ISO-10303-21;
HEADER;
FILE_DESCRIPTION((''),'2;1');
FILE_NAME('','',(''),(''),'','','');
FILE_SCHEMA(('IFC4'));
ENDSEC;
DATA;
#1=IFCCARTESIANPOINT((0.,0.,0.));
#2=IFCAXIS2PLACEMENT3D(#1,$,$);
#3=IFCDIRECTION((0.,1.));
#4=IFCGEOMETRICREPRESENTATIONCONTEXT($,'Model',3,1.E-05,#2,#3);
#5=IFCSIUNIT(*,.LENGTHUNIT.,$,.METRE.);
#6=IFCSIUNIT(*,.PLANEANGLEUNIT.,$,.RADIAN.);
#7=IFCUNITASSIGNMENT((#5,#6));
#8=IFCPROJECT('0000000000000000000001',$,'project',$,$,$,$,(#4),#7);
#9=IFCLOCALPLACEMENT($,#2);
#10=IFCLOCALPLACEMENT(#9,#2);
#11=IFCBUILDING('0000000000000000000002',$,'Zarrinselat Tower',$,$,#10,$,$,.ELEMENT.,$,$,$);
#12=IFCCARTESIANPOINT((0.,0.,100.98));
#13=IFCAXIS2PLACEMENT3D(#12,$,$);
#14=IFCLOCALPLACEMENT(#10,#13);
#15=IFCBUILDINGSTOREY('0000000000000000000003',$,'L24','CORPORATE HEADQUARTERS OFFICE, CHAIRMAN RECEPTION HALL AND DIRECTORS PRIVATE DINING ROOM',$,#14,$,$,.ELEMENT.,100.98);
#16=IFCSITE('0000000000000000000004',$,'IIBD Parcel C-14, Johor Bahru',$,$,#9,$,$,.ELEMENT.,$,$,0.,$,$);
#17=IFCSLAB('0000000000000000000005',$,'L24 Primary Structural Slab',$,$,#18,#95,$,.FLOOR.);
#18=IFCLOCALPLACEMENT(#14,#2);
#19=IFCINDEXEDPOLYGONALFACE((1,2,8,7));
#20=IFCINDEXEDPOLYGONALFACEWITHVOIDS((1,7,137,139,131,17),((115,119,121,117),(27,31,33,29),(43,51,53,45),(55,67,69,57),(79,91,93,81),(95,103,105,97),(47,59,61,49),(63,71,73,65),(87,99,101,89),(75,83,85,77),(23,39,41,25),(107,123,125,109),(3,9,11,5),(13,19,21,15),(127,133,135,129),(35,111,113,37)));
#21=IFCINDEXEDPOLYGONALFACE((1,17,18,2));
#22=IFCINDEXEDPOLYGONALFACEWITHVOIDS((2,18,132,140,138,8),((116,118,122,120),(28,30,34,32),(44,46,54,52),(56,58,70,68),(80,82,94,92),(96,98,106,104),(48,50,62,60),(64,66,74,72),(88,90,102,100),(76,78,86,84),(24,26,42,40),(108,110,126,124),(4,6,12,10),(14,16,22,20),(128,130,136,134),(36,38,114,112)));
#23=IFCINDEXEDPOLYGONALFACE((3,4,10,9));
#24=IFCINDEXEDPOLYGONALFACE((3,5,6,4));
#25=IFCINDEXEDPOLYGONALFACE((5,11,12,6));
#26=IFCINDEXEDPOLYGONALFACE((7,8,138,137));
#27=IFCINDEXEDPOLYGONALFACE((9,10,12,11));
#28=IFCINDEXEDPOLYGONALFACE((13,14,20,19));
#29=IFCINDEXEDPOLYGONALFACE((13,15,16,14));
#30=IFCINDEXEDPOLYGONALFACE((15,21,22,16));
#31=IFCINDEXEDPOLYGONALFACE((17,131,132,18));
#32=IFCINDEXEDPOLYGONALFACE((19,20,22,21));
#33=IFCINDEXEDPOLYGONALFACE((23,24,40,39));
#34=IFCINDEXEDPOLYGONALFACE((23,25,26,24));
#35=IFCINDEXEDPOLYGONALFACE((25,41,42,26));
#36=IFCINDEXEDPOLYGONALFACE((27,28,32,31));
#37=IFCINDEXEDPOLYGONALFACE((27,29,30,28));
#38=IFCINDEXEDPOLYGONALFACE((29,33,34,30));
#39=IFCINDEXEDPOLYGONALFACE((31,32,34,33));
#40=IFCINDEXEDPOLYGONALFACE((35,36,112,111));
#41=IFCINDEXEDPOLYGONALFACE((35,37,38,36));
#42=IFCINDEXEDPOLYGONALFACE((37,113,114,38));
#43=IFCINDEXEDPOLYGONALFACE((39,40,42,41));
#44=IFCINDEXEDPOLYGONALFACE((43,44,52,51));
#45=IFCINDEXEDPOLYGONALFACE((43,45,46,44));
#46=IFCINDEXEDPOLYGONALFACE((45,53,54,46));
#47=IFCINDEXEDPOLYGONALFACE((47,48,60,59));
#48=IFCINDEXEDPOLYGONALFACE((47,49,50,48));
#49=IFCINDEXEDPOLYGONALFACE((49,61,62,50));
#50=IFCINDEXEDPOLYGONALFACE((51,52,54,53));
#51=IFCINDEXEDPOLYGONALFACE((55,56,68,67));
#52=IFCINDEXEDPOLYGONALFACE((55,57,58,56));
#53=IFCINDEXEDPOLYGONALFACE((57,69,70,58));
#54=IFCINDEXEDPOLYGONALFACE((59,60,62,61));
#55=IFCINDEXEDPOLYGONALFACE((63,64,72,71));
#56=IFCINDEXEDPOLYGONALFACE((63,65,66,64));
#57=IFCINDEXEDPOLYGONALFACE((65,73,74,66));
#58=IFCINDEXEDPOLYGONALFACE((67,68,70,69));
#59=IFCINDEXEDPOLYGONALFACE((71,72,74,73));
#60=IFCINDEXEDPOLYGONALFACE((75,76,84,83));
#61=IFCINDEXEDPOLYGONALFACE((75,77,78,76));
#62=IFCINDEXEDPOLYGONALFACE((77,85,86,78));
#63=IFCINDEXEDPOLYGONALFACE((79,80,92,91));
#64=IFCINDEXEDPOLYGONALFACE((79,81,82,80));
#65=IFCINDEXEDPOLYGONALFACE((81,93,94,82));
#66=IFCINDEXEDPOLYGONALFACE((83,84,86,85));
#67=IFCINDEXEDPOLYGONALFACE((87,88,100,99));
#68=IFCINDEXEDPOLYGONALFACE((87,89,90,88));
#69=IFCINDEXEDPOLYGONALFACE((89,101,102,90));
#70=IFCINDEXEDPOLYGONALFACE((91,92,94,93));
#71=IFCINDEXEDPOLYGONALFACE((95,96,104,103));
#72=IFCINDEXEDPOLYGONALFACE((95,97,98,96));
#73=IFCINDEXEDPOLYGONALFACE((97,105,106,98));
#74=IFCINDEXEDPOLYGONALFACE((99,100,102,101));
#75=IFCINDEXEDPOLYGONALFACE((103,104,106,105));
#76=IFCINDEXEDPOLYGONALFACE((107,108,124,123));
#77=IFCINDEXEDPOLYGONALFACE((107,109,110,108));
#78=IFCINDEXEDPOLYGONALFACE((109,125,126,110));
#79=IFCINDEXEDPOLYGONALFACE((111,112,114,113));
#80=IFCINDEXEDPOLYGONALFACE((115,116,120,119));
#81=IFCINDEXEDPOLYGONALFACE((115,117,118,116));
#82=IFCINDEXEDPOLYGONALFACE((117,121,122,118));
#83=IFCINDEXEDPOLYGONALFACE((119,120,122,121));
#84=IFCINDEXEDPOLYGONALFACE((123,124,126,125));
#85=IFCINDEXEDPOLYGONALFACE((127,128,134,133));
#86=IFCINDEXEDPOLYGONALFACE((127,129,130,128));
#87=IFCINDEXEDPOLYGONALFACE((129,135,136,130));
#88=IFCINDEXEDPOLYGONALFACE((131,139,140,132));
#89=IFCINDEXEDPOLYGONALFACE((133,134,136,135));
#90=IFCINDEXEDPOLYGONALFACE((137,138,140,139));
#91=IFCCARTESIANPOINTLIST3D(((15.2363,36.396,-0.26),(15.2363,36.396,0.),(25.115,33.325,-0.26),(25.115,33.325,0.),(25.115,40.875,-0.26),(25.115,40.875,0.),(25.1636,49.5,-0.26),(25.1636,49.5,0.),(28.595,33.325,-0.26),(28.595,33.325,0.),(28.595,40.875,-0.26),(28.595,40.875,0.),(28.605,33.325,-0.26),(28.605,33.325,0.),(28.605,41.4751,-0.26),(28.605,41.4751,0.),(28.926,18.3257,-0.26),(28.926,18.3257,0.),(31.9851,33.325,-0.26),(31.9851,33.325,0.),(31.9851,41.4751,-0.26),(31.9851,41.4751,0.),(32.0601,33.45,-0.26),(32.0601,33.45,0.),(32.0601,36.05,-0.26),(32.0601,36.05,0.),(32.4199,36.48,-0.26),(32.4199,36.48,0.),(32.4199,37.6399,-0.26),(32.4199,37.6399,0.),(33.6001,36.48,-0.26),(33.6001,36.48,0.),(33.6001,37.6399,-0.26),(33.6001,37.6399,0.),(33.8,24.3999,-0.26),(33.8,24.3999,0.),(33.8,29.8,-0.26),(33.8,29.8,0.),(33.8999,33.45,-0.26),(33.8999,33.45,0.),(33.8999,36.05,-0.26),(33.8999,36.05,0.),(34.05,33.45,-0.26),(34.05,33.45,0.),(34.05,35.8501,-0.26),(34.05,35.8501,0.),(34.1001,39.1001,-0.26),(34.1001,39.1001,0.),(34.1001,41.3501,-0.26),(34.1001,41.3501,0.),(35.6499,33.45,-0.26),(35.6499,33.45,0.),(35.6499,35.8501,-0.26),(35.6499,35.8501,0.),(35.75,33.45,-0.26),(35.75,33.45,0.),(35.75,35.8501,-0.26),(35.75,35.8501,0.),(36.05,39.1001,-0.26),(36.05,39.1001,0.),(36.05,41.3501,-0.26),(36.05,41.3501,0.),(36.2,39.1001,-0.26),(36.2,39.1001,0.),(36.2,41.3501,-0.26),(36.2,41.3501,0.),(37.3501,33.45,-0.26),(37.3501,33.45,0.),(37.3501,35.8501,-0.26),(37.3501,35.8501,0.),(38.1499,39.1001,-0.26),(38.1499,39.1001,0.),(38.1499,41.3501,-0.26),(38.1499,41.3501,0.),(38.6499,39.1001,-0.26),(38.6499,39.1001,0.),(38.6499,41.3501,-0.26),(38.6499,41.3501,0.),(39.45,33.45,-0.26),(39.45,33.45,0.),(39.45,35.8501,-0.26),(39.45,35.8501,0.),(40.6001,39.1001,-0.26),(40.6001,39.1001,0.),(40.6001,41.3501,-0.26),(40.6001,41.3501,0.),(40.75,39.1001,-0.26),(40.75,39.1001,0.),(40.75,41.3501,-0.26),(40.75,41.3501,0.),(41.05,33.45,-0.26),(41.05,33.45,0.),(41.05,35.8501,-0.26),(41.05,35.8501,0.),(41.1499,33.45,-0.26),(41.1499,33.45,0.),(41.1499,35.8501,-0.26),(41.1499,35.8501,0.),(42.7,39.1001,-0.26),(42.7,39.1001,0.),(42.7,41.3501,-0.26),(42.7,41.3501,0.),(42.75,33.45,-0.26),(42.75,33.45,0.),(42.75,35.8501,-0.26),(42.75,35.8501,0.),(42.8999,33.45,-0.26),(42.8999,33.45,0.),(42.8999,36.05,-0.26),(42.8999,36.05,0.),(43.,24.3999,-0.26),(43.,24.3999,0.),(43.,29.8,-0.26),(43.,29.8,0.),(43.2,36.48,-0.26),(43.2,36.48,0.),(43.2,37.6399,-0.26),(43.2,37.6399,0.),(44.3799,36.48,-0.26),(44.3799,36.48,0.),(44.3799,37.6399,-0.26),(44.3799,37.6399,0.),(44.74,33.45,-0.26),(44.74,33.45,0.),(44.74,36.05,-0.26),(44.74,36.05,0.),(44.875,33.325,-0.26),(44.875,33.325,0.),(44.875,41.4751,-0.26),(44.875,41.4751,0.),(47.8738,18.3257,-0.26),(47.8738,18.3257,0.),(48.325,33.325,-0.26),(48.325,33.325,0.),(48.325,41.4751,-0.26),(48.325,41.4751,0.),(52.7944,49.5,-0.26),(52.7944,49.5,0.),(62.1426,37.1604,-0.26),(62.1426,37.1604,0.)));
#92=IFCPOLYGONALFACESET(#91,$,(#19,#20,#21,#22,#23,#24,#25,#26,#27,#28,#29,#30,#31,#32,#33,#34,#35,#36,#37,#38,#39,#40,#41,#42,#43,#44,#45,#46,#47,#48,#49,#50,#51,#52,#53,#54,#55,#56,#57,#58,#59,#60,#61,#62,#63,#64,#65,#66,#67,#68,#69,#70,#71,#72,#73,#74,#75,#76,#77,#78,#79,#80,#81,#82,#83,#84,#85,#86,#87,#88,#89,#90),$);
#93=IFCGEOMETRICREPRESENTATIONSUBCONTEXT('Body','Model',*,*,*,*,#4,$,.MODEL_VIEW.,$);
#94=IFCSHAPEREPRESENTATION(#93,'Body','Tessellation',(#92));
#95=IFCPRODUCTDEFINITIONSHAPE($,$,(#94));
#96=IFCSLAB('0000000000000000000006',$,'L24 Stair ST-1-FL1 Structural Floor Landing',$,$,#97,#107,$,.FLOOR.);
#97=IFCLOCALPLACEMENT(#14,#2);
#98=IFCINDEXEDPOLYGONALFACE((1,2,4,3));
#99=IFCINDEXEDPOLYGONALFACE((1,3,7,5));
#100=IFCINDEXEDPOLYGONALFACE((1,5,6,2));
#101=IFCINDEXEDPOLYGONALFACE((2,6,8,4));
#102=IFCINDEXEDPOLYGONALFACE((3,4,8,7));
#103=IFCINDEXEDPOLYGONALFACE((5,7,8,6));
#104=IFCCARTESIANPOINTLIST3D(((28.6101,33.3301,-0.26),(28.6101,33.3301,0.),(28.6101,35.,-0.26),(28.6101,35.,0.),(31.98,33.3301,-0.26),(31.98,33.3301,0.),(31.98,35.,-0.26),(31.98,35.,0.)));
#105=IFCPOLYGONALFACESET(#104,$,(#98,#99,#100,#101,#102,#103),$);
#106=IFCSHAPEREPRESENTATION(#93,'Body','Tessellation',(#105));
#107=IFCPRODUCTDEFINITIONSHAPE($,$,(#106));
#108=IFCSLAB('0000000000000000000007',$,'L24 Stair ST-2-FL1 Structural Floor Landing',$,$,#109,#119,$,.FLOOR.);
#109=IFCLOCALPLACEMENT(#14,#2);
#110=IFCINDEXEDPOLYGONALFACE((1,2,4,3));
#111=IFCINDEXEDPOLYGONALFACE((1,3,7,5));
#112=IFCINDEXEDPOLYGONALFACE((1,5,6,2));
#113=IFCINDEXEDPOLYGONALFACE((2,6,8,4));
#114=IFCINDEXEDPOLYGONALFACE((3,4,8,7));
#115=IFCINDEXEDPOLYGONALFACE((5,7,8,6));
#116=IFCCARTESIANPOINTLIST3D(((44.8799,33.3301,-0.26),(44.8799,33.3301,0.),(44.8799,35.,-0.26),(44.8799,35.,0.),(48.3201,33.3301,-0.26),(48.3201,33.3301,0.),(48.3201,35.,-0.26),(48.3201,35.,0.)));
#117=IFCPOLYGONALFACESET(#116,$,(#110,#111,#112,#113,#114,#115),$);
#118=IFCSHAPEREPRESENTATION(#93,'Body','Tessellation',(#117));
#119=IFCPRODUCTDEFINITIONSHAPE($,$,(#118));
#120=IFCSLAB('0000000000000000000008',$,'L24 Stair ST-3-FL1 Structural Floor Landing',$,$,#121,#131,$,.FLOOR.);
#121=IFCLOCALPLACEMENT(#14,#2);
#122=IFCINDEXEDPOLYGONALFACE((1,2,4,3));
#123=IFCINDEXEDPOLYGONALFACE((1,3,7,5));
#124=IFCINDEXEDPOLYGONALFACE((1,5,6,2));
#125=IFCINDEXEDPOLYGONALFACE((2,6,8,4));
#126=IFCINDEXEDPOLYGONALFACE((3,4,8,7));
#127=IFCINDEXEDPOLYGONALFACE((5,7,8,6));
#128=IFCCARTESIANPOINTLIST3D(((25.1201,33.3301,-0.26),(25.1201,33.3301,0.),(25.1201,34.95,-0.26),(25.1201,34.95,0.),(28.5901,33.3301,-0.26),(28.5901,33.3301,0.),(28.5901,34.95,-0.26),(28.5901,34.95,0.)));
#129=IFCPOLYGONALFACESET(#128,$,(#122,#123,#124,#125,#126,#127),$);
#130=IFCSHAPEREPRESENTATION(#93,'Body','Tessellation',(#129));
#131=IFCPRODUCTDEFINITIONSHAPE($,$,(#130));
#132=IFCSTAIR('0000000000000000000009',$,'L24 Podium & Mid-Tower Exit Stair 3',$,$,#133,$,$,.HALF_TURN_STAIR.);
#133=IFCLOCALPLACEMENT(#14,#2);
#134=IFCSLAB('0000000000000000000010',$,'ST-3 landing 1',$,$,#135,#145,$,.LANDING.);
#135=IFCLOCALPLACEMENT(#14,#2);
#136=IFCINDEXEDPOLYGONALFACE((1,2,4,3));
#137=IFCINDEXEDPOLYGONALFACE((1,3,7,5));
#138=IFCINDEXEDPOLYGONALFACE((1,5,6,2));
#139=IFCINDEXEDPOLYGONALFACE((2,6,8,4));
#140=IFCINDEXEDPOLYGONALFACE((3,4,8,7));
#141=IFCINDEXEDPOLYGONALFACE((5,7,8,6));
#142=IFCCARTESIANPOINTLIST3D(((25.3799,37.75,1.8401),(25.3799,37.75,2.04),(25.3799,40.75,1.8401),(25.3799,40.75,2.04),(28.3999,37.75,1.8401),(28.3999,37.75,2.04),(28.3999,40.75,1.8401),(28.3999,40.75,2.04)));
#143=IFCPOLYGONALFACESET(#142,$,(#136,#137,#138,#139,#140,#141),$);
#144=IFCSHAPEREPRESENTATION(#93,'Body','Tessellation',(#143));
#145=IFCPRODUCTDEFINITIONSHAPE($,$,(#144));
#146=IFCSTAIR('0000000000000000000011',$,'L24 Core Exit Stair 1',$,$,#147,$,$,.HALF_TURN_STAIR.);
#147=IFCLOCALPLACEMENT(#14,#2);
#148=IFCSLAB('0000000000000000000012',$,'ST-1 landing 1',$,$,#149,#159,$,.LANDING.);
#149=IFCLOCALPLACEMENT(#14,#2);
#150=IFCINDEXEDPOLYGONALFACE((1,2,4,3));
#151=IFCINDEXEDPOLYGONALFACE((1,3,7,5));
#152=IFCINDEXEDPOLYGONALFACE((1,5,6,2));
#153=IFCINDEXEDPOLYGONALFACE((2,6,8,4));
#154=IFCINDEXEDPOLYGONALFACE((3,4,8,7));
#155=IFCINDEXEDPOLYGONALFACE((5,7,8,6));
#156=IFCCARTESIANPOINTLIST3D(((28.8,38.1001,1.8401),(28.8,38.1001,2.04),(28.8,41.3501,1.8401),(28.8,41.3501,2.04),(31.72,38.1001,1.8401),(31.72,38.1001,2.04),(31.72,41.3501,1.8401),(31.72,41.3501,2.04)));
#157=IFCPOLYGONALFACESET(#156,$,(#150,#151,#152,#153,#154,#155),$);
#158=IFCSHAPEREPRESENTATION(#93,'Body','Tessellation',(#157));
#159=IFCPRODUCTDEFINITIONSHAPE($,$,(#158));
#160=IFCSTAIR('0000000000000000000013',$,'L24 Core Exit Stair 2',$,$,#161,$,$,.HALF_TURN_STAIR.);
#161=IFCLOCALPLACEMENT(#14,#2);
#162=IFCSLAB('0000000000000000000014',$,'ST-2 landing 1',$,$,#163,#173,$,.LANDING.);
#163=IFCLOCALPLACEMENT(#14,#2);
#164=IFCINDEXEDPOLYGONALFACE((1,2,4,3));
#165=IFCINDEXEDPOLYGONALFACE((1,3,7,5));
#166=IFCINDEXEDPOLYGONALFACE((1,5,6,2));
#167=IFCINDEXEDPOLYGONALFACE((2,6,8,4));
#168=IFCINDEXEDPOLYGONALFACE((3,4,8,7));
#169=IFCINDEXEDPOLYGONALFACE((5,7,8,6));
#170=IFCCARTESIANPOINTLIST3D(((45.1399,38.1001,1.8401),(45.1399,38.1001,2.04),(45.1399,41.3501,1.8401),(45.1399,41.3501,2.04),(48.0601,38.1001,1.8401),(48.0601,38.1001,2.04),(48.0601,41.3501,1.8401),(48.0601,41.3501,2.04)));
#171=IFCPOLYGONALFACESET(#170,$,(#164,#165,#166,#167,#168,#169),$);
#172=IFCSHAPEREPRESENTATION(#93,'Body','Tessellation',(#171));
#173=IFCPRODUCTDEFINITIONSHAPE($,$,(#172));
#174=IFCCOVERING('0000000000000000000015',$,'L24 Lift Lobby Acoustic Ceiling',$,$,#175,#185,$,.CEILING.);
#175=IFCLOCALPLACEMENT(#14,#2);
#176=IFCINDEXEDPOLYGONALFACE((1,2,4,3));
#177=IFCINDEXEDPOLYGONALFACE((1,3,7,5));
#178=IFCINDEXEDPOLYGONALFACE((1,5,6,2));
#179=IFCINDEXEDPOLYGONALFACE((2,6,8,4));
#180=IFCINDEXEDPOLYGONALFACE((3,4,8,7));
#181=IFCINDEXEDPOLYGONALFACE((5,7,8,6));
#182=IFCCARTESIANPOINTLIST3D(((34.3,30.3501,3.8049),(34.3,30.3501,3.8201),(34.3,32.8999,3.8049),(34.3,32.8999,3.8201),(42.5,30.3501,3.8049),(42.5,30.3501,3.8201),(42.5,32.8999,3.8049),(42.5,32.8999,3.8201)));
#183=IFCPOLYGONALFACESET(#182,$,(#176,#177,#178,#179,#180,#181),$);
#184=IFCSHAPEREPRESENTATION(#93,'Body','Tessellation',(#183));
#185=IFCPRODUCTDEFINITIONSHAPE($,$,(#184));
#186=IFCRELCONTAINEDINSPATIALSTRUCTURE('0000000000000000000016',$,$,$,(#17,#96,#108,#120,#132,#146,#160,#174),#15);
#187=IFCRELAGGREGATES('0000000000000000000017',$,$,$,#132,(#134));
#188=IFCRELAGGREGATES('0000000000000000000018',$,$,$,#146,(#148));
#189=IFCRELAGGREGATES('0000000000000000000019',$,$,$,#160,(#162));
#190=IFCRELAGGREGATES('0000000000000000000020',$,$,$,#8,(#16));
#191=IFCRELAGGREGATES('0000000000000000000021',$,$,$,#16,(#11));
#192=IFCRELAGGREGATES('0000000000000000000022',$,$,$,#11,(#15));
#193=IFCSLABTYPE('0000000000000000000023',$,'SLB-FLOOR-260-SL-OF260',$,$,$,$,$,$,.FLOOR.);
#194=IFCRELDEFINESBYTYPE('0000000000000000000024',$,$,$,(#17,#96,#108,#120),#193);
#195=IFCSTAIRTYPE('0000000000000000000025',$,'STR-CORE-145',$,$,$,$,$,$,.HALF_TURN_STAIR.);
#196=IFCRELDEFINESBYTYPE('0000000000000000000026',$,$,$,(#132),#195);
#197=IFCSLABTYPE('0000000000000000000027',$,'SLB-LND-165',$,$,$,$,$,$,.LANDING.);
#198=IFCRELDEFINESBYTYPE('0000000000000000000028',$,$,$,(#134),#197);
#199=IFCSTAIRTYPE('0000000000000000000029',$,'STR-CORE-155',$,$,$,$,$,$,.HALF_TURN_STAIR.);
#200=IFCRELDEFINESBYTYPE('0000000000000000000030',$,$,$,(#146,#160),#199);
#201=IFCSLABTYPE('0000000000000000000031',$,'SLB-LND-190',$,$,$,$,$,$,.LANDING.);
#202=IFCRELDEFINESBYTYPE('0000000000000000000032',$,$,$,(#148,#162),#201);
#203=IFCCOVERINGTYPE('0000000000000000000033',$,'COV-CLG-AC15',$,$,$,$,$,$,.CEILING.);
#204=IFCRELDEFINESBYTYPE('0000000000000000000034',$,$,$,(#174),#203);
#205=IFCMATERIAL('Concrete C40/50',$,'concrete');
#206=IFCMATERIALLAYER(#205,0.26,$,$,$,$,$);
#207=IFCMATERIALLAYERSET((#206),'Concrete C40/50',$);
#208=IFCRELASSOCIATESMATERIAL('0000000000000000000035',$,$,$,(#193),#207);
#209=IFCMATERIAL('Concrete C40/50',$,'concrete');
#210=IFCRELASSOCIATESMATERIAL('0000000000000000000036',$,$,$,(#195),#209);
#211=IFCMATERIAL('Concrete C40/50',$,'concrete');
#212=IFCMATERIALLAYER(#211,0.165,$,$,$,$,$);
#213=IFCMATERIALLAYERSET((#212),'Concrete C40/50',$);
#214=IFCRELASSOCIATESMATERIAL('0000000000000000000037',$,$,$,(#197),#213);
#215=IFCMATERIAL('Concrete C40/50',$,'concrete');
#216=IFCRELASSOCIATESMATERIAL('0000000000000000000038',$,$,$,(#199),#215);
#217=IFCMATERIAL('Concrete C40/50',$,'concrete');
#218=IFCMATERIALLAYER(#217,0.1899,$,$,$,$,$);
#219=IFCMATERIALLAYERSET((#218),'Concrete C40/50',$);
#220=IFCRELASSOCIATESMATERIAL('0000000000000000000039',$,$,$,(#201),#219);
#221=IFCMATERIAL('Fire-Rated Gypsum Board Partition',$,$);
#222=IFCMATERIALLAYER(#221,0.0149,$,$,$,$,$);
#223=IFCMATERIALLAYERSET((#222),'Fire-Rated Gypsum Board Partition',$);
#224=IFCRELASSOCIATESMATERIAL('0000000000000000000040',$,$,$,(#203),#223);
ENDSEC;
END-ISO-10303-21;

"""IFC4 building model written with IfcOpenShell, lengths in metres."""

from ifc_helpers import new_model, si_unit, direction, frame, origin, place, context, subcontext, project, spatial, polyline, outline, extrude, material, layer, layer_set, type_object, element, aggregate, save


model = new_model("IFC4")

# Units and contexts
model_context = context("Model", 3, precision=1e-05, world=origin(), true_north=direction((0.0, 1.0)))
body_context = subcontext(model_context, "Body", "Model", "MODEL_VIEW")
ifc_project = project(units=[si_unit("LENGTHUNIT", "METRE"), si_unit("PLANEANGLEUNIT", "RADIAN")], contexts=[model_context])

# Site, building, storey
site_placement = place(None, origin())
site = spatial("IfcSite", under=ifc_project, at=site_placement, Name="IIBD Parcel C-14, Johor Bahru", CompositionType="ELEMENT", RefElevation=0.0)
building_placement = place(site_placement, origin())
building = spatial("IfcBuilding", under=site, at=building_placement, Name="Zarrinselat Tower", CompositionType="ELEMENT")
storey_placement = place(building_placement, frame((0.0, 0.0, 100.98)))
storey = spatial("IfcBuildingStorey", under=building, at=storey_placement, Name="L24", Description="CORPORATE HEADQUARTERS OFFICE, CHAIRMAN RECEPTION HALL AND DIRECTORS PRIVATE DINING ROOM", CompositionType="ELEMENT", Elevation=100.98)

# Slabs
ifc_material_1 = material(Name="Concrete C40/50", Category="concrete")
ifc_layer_1 = layer(ifc_material_1, 0.26)
ifc_layer_set_1 = layer_set([ifc_layer_1], Name="Concrete C40/50")
slab_type_1 = type_object("IfcSlabType", Name="SLB-FLOOR-260-SL-OF260", PredefinedType="FLOOR", material=ifc_layer_set_1)
slab_1_placement = place(storey_placement, frame((0.0, 0.0, -0.26)))
element("IfcSlab", 1, at=slab_1_placement, inside=storey, type_object=slab_type_1, Name="L24 Primary Structural Slab", PredefinedType="FLOOR", context=body_context, shape_type="SweptSolid", body=[
    extrude(outline(polyline([(52.7944, 49.5), (25.1636, 49.5), (15.2363, 36.396), (28.926, 18.3257), (47.8738, 18.3257), (62.1426, 37.1604), (52.7944, 49.5)]), holes=[polyline([(34.05, 33.45), (34.05, 35.8501), (35.6499, 35.8501), (35.6499, 33.45), (34.05, 33.45)]), polyline([(35.75, 33.45), (35.75, 35.8501), (37.3501, 35.8501), (37.3501, 33.45), (35.75, 33.45)]), polyline([(32.0601, 33.45), (32.0601, 36.05), (33.8999, 36.05), (33.8999, 33.45), (32.0601, 33.45)]), polyline([(32.4199, 36.48), (32.4199, 37.6399), (33.6001, 37.6399), (33.6001, 36.48), (32.4199, 36.48)]), polyline([(28.595, 33.325), (25.115, 33.325), (25.115, 40.875), (28.595, 40.875), (28.595, 33.325)]), polyline([(31.9851, 33.325), (28.605, 33.325), (28.605, 41.4751), (31.9851, 41.4751), (31.9851, 33.325)]), polyline([(34.1001, 39.1001), (34.1001, 41.3501), (36.05, 41.3501), (36.05, 39.1001), (34.1001, 39.1001)]), polyline([(36.2, 39.1001), (36.2, 41.3501), (38.1499, 41.3501), (38.1499, 39.1001), (36.2, 39.1001)]), polyline([(33.8, 24.3999), (33.8, 29.8), (43.0, 29.8), (43.0, 24.3999), (33.8, 24.3999)]), polyline([(39.45, 33.45), (39.45, 35.8501), (41.05, 35.8501), (41.05, 33.45), (39.45, 33.45)]), polyline([(41.1499, 33.45), (41.1499, 35.8501), (42.75, 35.8501), (42.75, 33.45), (41.1499, 33.45)]), polyline([(42.8999, 33.45), (42.8999, 36.05), (44.74, 36.05), (44.74, 33.45), (42.8999, 33.45)]), polyline([(43.2, 36.48), (43.2, 37.6399), (44.3799, 37.6399), (44.3799, 36.48), (43.2, 36.48)]), polyline([(48.325, 33.325), (44.875, 33.325), (44.875, 41.4751), (48.325, 41.4751), (48.325, 33.325)]), polyline([(38.6499, 39.1001), (38.6499, 41.3501), (40.6001, 41.3501), (40.6001, 39.1001), (38.6499, 39.1001)]), polyline([(40.75, 39.1001), (40.75, 41.3501), (42.7, 41.3501), (42.7, 39.1001), (40.75, 39.1001)])]), origin(), (0.0, 0.0, 1.0), 0.26),
])
slab_2_placement = place(storey_placement, frame((0.0, 0.0, -0.26)))
element("IfcSlab", 2, at=slab_2_placement, inside=storey, type_object=slab_type_1, Name="L24 Stair ST-1-FL1 Structural Floor Landing", PredefinedType="FLOOR", context=body_context, shape_type="SweptSolid", body=[
    extrude(outline(polyline([(31.98, 33.3301), (31.98, 35.0), (28.6101, 35.0), (28.6101, 33.3301), (31.98, 33.3301)])), origin(), (0.0, 0.0, 1.0), 0.26),
])
slab_3_placement = place(storey_placement, frame((0.0, 0.0, -0.26)))
element("IfcSlab", 3, at=slab_3_placement, inside=storey, type_object=slab_type_1, Name="L24 Stair ST-2-FL1 Structural Floor Landing", PredefinedType="FLOOR", context=body_context, shape_type="SweptSolid", body=[
    extrude(outline(polyline([(48.3201, 33.3301), (48.3201, 35.0), (44.8799, 35.0), (44.8799, 33.3301), (48.3201, 33.3301)])), origin(), (0.0, 0.0, 1.0), 0.26),
])
slab_4_placement = place(storey_placement, frame((0.0, 0.0, -0.26)))
element("IfcSlab", 4, at=slab_4_placement, inside=storey, type_object=slab_type_1, Name="L24 Stair ST-3-FL1 Structural Floor Landing", PredefinedType="FLOOR", context=body_context, shape_type="SweptSolid", body=[
    extrude(outline(polyline([(28.5901, 33.3301), (28.5901, 34.95), (25.1201, 34.95), (25.1201, 33.3301), (28.5901, 33.3301)])), origin(), (0.0, 0.0, 1.0), 0.26),
])

# Stairs, slabs
ifc_material_2 = material(Name="Concrete C40/50", Category="concrete")
stair_type_1 = type_object("IfcStairType", Name="STR-CORE-145", PredefinedType="HALF_TURN_STAIR", material=ifc_material_2)
stair_1_placement = place(storey_placement, origin())
stair_1 = element("IfcStair", 5, at=stair_1_placement, inside=storey, type_object=stair_type_1, Name="L24 Podium & Mid-Tower Exit Stair 3", PredefinedType="HALF_TURN_STAIR")
ifc_material_3 = material(Name="Concrete C40/50", Category="concrete")
ifc_layer_2 = layer(ifc_material_3, 0.165)
ifc_layer_set_2 = layer_set([ifc_layer_2], Name="Concrete C40/50")
slab_type_2 = type_object("IfcSlabType", Name="SLB-LND-165", PredefinedType="LANDING", material=ifc_layer_set_2)
slab_5_placement = place(storey_placement, frame((0.0, 0.0, 1.8401)))
slab_5 = element("IfcSlab", 6, at=slab_5_placement, type_object=slab_type_2, Name="ST-3 landing 1", PredefinedType="LANDING", context=body_context, shape_type="SweptSolid", body=[
    extrude(outline(polyline([(28.3999, 37.75), (28.3999, 40.75), (25.3799, 40.75), (25.3799, 37.75), (28.3999, 37.75)])), origin(), (0.0, 0.0, 1.0), 0.2),
])
aggregate(stair_1, [slab_5])
ifc_material_4 = material(Name="Concrete C40/50", Category="concrete")
stair_type_2 = type_object("IfcStairType", Name="STR-CORE-155", PredefinedType="HALF_TURN_STAIR", material=ifc_material_4)
stair_2_placement = place(storey_placement, origin())
stair_2 = element("IfcStair", 7, at=stair_2_placement, inside=storey, type_object=stair_type_2, Name="L24 Core Exit Stair 1", PredefinedType="HALF_TURN_STAIR")
ifc_material_5 = material(Name="Concrete C40/50", Category="concrete")
ifc_layer_3 = layer(ifc_material_5, 0.1899)
ifc_layer_set_3 = layer_set([ifc_layer_3], Name="Concrete C40/50")
slab_type_3 = type_object("IfcSlabType", Name="SLB-LND-190", PredefinedType="LANDING", material=ifc_layer_set_3)
slab_6_placement = place(storey_placement, frame((0.0, 0.0, 1.8401)))
slab_6 = element("IfcSlab", 8, at=slab_6_placement, type_object=slab_type_3, Name="ST-1 landing 1", PredefinedType="LANDING", context=body_context, shape_type="SweptSolid", body=[
    extrude(outline(polyline([(31.72, 38.1001), (31.72, 41.3501), (28.8, 41.3501), (28.8, 38.1001), (31.72, 38.1001)])), origin(), (0.0, 0.0, 1.0), 0.2),
])
aggregate(stair_2, [slab_6])
stair_3_placement = place(storey_placement, origin())
stair_3 = element("IfcStair", 9, at=stair_3_placement, inside=storey, type_object=stair_type_2, Name="L24 Core Exit Stair 2", PredefinedType="HALF_TURN_STAIR")
slab_7_placement = place(storey_placement, frame((0.0, 0.0, 1.8401)))
slab_7 = element("IfcSlab", 10, at=slab_7_placement, type_object=slab_type_3, Name="ST-2 landing 1", PredefinedType="LANDING", context=body_context, shape_type="SweptSolid", body=[
    extrude(outline(polyline([(48.0601, 38.1001), (48.0601, 41.3501), (45.1399, 41.3501), (45.1399, 38.1001), (48.0601, 38.1001)])), origin(), (0.0, 0.0, 1.0), 0.2),
])
aggregate(stair_3, [slab_7])

# Covering
ifc_material_6 = material(Name="Fire-Rated Gypsum Board Partition")
ifc_layer_4 = layer(ifc_material_6, 0.0149)
ifc_layer_set_4 = layer_set([ifc_layer_4], Name="Fire-Rated Gypsum Board Partition")
covering_type_1 = type_object("IfcCoveringType", Name="COV-CLG-AC15", PredefinedType="CEILING", material=ifc_layer_set_4)
covering_1_placement = place(storey_placement, frame((0.0, 0.0, 3.8049)))
element("IfcCovering", 11, at=covering_1_placement, inside=storey, type_object=covering_type_1, Name="L24 Lift Lobby Acoustic Ceiling", PredefinedType="CEILING", context=body_context, shape_type="SweptSolid", body=[
    extrude(outline(polyline([(34.3, 30.3501), (42.5, 30.3501), (42.5, 32.8999), (34.3, 32.8999), (34.3, 30.3501)])), origin(), (0.0, 0.0, 1.0), 0.0151),
])

save(model, "model.ifc")
